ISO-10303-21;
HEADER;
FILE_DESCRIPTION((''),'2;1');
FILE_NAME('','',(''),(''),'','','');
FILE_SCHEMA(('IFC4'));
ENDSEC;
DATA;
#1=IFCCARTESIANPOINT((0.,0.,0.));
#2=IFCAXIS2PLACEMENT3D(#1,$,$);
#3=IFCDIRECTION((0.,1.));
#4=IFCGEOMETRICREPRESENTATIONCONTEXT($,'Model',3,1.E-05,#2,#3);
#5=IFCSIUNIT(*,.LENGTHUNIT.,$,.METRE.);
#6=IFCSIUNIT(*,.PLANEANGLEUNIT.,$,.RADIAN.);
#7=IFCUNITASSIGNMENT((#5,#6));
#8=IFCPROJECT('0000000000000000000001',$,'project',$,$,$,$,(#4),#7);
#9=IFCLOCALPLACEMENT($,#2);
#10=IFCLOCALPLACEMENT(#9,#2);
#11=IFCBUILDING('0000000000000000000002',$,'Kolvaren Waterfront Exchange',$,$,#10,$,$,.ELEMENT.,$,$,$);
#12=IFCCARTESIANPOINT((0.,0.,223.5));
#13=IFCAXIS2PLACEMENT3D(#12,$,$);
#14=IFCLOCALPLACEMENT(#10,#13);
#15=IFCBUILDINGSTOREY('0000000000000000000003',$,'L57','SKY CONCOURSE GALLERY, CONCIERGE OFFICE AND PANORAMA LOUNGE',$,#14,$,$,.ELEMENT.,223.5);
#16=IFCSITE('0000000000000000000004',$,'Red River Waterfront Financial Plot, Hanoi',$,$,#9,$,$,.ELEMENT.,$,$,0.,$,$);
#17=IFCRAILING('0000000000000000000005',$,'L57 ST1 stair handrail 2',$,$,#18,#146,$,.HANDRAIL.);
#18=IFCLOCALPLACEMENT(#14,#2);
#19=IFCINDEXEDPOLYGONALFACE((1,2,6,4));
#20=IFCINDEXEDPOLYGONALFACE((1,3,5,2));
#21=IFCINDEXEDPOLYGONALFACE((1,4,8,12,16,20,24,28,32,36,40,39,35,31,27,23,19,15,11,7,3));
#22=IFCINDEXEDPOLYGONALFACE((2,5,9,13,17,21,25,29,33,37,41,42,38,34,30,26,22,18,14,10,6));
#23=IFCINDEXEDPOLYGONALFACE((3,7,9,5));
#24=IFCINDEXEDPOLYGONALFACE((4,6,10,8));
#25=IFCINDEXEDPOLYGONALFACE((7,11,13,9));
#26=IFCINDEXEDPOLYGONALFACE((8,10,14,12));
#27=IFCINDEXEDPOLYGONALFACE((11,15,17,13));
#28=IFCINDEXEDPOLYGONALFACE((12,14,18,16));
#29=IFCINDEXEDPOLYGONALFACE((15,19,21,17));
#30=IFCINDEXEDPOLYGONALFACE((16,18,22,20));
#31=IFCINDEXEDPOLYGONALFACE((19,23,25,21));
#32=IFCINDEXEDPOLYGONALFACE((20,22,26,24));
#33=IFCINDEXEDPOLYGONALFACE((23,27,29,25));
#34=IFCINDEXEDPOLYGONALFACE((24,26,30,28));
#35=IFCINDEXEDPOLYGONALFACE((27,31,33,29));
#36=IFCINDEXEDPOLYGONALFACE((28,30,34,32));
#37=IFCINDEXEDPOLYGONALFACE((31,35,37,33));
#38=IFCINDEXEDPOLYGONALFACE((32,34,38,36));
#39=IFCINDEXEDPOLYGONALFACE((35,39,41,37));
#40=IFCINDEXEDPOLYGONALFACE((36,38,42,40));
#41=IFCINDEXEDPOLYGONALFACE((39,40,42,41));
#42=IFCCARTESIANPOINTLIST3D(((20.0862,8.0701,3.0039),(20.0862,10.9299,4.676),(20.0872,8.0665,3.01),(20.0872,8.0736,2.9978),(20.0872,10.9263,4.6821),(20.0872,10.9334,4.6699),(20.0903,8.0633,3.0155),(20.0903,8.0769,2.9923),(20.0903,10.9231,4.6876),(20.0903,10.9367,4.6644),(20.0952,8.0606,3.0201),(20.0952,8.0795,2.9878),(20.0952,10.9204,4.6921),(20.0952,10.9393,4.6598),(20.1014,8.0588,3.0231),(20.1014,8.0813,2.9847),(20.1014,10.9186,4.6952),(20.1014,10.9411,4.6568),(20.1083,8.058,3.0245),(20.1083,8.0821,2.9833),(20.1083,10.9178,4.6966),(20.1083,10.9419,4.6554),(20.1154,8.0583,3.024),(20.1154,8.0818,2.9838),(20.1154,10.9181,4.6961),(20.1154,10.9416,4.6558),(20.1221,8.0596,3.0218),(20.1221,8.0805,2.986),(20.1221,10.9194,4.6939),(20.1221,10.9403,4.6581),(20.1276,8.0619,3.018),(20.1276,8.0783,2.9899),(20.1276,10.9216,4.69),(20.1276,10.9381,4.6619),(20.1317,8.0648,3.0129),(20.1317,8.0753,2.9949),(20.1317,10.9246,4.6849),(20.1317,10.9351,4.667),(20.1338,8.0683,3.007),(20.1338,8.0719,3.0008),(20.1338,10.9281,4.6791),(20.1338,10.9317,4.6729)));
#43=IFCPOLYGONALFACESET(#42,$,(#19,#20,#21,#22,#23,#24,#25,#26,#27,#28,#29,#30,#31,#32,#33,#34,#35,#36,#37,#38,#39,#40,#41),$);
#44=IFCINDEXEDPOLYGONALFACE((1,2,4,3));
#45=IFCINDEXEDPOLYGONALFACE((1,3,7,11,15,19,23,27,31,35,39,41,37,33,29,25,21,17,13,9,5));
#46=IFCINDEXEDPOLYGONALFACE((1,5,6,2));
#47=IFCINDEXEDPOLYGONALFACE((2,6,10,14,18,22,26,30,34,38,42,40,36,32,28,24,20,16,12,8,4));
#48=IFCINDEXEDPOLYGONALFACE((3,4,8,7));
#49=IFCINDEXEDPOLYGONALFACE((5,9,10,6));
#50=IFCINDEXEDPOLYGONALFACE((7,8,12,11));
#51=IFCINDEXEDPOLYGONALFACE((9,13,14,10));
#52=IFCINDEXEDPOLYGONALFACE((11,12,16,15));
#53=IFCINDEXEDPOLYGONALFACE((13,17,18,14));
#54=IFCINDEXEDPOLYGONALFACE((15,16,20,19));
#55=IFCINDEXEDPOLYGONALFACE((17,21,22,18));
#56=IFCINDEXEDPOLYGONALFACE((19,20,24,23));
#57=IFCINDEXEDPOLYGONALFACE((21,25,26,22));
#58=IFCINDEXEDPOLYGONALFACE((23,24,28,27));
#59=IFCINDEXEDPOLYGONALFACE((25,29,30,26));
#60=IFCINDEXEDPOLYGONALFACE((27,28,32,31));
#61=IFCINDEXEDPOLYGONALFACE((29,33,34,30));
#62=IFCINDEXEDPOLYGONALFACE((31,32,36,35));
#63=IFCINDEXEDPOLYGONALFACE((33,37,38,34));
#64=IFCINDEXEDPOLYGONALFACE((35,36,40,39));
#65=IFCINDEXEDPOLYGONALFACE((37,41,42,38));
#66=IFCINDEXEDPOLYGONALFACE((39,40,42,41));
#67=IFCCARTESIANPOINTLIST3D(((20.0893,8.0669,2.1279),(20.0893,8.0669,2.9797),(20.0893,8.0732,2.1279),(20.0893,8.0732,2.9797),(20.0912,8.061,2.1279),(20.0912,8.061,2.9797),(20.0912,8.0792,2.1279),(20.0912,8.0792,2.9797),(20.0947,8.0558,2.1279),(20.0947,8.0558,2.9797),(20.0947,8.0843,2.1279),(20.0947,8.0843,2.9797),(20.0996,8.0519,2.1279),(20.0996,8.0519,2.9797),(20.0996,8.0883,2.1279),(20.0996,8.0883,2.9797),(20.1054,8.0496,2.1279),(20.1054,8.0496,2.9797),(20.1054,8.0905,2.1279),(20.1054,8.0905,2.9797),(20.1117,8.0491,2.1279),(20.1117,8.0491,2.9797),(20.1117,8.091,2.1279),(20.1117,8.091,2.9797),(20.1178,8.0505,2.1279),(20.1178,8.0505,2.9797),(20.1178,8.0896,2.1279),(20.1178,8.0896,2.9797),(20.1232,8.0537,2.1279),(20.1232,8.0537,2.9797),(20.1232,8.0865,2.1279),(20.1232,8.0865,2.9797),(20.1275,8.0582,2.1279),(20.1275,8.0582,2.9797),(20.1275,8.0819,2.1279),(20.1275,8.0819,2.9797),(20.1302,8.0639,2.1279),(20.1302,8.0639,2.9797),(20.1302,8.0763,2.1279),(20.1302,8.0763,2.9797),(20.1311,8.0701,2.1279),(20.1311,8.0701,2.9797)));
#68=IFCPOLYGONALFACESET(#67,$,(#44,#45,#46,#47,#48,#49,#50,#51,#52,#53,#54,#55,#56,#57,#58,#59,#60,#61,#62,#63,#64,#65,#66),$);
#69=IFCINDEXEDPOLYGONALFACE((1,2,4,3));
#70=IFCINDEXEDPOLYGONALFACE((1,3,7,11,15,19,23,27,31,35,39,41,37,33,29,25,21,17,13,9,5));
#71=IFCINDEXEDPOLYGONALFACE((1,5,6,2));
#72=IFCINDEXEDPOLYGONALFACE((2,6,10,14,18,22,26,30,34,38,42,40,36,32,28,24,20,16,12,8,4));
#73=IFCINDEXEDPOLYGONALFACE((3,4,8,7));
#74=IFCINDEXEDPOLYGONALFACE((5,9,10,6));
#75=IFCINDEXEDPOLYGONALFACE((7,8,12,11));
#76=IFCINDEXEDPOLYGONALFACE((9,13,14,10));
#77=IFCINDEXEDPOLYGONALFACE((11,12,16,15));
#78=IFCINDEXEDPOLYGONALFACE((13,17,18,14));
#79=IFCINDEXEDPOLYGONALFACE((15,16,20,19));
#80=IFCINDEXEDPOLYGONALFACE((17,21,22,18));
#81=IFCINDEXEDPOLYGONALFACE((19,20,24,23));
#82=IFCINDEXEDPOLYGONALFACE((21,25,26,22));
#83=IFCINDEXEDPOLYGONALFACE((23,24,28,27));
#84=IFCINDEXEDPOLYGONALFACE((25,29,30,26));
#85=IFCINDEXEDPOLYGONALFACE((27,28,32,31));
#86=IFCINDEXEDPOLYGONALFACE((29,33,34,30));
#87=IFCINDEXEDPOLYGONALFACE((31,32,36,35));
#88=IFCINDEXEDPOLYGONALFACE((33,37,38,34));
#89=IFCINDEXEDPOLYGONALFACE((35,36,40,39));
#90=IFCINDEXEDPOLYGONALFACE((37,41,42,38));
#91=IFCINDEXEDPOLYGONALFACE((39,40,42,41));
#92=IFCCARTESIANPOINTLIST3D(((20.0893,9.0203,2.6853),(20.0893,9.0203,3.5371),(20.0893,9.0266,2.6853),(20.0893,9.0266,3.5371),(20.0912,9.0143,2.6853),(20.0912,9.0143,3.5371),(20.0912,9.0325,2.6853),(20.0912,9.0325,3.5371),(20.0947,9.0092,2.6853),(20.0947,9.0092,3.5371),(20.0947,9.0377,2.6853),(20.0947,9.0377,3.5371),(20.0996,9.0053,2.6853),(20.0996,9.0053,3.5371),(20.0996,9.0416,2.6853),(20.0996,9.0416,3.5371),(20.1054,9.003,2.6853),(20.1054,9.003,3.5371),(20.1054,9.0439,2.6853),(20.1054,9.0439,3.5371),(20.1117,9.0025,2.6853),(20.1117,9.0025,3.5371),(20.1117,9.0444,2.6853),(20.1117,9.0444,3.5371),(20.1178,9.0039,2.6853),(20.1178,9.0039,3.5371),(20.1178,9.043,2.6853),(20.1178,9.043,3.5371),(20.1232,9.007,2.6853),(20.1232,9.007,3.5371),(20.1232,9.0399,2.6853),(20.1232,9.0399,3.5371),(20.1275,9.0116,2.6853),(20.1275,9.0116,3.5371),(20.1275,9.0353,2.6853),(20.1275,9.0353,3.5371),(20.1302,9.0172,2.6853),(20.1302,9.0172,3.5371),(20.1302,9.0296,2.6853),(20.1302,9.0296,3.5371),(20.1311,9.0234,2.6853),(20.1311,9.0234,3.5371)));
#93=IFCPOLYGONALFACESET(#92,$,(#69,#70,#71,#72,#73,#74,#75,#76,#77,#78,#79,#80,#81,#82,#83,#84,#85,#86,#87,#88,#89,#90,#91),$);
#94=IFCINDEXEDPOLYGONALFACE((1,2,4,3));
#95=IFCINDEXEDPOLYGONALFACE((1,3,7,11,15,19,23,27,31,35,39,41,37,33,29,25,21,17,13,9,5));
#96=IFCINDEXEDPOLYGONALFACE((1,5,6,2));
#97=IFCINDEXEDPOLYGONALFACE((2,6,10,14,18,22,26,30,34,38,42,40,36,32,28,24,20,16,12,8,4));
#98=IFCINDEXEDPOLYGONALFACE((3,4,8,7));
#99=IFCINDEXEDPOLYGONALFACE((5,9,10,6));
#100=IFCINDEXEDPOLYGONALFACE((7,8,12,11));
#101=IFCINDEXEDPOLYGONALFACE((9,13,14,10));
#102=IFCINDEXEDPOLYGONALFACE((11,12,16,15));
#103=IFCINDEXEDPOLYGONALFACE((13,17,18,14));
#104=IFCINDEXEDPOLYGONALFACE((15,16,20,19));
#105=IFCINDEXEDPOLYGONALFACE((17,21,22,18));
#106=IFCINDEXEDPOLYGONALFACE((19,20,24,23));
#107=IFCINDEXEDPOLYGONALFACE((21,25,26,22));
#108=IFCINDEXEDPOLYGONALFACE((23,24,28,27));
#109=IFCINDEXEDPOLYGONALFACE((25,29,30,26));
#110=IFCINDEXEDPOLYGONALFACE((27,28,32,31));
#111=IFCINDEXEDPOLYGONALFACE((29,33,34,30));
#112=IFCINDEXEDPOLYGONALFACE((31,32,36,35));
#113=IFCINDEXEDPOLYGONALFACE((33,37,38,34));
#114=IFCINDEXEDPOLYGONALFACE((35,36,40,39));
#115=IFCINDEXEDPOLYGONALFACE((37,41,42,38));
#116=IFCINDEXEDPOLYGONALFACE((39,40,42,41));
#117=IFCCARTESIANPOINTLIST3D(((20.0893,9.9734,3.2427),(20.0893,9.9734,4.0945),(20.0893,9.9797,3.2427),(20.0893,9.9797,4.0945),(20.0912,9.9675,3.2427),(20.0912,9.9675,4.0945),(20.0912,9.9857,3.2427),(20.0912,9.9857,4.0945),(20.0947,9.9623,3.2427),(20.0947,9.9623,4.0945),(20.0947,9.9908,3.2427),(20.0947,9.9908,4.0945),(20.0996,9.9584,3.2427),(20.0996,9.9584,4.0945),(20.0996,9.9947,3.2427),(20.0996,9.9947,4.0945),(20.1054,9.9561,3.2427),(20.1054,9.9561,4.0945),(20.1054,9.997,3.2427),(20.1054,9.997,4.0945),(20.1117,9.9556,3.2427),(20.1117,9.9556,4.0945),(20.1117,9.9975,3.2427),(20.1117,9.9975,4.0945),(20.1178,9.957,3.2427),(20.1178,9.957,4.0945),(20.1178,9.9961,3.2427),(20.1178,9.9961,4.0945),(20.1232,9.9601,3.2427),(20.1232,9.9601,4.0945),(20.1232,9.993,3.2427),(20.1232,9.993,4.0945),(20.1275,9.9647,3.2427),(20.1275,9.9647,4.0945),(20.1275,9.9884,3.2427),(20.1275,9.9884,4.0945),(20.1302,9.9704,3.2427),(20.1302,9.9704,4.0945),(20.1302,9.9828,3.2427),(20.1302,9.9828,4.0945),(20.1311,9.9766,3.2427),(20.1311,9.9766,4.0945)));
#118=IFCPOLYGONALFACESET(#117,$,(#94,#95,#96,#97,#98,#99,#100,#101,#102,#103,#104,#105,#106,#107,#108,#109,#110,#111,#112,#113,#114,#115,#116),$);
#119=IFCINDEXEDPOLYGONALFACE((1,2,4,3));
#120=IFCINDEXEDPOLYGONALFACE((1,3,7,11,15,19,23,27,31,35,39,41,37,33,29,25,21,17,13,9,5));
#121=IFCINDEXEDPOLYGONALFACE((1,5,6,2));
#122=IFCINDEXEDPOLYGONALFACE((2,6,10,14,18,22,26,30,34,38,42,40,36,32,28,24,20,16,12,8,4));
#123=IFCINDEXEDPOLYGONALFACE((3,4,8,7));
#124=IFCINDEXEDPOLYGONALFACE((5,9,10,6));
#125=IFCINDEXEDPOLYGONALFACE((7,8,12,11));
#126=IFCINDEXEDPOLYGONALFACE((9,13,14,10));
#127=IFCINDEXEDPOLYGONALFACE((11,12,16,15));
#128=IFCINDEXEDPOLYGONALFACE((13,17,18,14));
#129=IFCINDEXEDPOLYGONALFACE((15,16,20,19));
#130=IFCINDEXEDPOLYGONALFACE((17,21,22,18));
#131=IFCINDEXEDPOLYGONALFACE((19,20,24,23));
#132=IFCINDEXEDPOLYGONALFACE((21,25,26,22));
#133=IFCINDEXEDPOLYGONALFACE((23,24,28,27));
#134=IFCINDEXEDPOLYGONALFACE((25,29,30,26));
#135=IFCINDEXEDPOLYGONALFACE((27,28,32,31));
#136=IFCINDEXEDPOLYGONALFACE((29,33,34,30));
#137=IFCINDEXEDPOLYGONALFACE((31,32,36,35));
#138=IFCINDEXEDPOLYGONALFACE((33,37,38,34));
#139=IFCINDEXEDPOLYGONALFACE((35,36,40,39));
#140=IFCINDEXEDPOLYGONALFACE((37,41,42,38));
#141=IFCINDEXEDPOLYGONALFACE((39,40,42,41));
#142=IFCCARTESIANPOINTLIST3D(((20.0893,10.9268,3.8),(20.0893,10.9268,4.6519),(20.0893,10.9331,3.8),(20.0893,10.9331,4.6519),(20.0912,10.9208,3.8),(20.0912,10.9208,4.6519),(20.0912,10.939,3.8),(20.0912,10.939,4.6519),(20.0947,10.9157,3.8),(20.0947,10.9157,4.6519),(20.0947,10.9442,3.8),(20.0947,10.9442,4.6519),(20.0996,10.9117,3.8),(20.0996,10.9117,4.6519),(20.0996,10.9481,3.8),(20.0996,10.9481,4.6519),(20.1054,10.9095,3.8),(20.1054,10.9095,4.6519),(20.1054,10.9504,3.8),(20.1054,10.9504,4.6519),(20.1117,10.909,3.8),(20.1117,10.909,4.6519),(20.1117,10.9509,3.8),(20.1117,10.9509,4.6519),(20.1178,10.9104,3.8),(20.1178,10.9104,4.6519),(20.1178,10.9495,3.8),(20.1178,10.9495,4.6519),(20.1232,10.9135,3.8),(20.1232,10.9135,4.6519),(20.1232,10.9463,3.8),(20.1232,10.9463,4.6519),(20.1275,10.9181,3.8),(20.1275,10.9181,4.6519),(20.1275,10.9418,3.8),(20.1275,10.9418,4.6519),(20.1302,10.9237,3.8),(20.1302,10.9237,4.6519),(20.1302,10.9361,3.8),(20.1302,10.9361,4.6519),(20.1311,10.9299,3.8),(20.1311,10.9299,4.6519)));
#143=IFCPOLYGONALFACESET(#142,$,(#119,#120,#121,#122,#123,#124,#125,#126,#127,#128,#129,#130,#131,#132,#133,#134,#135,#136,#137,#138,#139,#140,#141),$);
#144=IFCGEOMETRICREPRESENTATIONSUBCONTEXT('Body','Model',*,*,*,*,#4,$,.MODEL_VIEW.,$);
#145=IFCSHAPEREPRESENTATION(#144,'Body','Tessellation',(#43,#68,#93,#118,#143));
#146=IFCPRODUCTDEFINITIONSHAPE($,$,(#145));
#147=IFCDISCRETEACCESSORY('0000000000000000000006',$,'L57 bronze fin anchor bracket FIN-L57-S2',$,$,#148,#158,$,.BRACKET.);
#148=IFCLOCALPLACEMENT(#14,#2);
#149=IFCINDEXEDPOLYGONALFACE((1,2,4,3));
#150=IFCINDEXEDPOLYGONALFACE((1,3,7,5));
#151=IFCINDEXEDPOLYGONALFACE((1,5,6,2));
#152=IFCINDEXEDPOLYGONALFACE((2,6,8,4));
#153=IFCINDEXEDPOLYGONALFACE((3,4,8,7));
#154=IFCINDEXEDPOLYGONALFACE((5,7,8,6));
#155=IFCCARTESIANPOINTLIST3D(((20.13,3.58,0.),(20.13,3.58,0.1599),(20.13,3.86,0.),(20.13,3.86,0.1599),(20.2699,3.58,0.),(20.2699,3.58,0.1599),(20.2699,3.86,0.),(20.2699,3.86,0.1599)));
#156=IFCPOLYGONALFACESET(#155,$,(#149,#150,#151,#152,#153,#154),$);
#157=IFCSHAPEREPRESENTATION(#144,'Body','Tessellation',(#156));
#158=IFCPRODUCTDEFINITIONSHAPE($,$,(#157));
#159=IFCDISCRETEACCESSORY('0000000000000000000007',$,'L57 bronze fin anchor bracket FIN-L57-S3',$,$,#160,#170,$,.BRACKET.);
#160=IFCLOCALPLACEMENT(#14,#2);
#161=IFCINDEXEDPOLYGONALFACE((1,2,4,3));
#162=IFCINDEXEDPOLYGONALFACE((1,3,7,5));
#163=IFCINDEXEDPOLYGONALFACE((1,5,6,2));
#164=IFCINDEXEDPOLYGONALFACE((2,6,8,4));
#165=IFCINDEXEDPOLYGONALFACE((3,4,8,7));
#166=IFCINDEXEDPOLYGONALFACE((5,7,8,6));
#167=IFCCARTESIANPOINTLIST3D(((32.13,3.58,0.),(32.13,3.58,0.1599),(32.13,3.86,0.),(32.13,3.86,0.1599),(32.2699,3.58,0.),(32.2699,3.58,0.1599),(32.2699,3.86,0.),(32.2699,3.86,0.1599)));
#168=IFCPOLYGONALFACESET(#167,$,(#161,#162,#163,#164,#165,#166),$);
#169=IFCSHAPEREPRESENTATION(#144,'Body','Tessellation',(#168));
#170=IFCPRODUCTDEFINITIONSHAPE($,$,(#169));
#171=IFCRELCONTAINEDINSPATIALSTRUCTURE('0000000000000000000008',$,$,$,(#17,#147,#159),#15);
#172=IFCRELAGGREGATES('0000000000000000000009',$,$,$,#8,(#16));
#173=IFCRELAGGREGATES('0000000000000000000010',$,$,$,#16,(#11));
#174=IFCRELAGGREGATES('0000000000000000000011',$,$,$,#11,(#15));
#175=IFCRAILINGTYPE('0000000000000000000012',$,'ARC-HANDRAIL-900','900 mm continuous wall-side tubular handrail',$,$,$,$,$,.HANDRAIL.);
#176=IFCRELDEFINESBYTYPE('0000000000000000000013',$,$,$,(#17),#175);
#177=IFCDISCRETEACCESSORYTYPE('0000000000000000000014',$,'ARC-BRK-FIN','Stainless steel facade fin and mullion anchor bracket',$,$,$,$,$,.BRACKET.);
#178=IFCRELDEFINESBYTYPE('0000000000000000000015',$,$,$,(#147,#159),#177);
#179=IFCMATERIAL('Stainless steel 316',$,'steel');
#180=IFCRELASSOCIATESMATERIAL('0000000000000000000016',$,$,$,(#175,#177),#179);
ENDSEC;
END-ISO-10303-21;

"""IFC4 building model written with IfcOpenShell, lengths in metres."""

from ifc_helpers import new_model, si_unit, direction, frame, origin, origin_with_axes, origin_2d, place, context, subcontext, project, spatial, rectangle, circle, extrude, source, transform, mapped, material, type_object, element, save


model = new_model("IFC4")

# Units and contexts
model_context = context("Model", 3, precision=1e-05, world=origin(), true_north=direction((0.0, 1.0)))
body_context = subcontext(model_context, "Body", "Model", "MODEL_VIEW")
ifc_project = project(units=[si_unit("LENGTHUNIT", "METRE"), si_unit("PLANEANGLEUNIT", "RADIAN")], contexts=[model_context])

# Site, building, storey
site_placement = place(None, origin())
site = spatial("IfcSite", under=ifc_project, at=site_placement, Name="Red River Waterfront Financial Plot, Hanoi", CompositionType="ELEMENT", RefElevation=0.0)
building_placement = place(site_placement, origin())
building = spatial("IfcBuilding", under=site, at=building_placement, Name="Kolvaren Waterfront Exchange", CompositionType="ELEMENT")
storey_placement = place(building_placement, frame((0.0, 0.0, 223.5)))
storey = spatial("IfcBuildingStorey", under=building, at=storey_placement, Name="L57", Description="SKY CONCOURSE GALLERY, CONCIERGE OFFICE AND PANORAMA LOUNGE", CompositionType="ELEMENT", Elevation=223.5)

# Railing
ifc_material_1 = material(Name="Stainless steel 316", Category="steel")
railing_type_1 = type_object("IfcRailingType", Name="ARC-HANDRAIL-900", Description="900 mm continuous wall-side tubular handrail", PredefinedType="HANDRAIL", material=ifc_material_1)
railing_1_placement = place(storey_placement, frame((20.1101, 8.0701, 2.1279)))
element("IfcRailing", 1, at=railing_1_placement, inside=storey, type_object=railing_type_1, Name="L57 ST1 stair handrail 2", PredefinedType="HANDRAIL", context=body_context, shape_type="SweptSolid", body=[
    extrude(circle(Radius=0.0239, at=origin_2d()), frame((0.0, 0.0, 0.876), z_axis=(0.0, 0.863271, 0.504741), x_axis=(-1.0, 0.0, 0.0)), (0.0, 0.0, 1.0), 3.3127),
    extrude(circle(Radius=0.021, at=origin_2d()), origin(), (0.0, 0.0, 1.0), 0.8518),
    extrude(circle(Radius=0.021, at=origin_2d()), frame((0.0, 0.9534, 0.5574)), (0.0, 0.0, 1.0), 0.8518),
    extrude(circle(Radius=0.021, at=origin_2d()), frame((0.0, 1.9065, 1.1147)), (0.0, 0.0, 1.0), 0.8518),
    extrude(circle(Radius=0.021, at=origin_2d()), frame((0.0, 2.8599, 1.6721)), (0.0, 0.0, 1.0), 0.8518),
])

# Discrete accessories
discrete_accessory_type = type_object("IfcDiscreteAccessoryType", Name="ARC-BRK-FIN", Description="Stainless steel facade fin and mullion anchor bracket", PredefinedType="BRACKET", material=ifc_material_1)
shared_shape_1 = source(origin_with_axes(), body_context, "Body", "SweptSolid", [
    extrude(rectangle(XDim=0.28, YDim=0.1399, at=origin_2d()), origin(), (0.0, 0.0, 1.0), 0.1599),
])
for number, where, z_axis, x_axis, name in (
    (2, (20.2, 3.72, 0.0), (0.0, 0.0, 1.0), (0.0, -1.0, 0.0), "L57 bronze fin anchor bracket FIN-L57-S2"),
    (3, (32.2, 3.72, 0.0), (0.0, 0.0, 1.0), (0.0, -1.0, 0.0), "L57 bronze fin anchor bracket FIN-L57-S3"),
):
    element("IfcDiscreteAccessory", number, at=place(storey_placement, frame(where, z_axis=z_axis, x_axis=x_axis)), inside=storey, type_object=discrete_accessory_type, Name=name, PredefinedType="BRACKET", context=body_context, shape_type="MappedRepresentation", body=[
        mapped(shared_shape_1, transform((0.0, 0.0, 0.0), x_axis=(1.0, 0.0, 0.0), y_axis=(0.0, 1.0, 0.0), z_axis=(0.0, 0.0, 1.0), scale=1.0)),
    ])

save(model, "model.ifc")
